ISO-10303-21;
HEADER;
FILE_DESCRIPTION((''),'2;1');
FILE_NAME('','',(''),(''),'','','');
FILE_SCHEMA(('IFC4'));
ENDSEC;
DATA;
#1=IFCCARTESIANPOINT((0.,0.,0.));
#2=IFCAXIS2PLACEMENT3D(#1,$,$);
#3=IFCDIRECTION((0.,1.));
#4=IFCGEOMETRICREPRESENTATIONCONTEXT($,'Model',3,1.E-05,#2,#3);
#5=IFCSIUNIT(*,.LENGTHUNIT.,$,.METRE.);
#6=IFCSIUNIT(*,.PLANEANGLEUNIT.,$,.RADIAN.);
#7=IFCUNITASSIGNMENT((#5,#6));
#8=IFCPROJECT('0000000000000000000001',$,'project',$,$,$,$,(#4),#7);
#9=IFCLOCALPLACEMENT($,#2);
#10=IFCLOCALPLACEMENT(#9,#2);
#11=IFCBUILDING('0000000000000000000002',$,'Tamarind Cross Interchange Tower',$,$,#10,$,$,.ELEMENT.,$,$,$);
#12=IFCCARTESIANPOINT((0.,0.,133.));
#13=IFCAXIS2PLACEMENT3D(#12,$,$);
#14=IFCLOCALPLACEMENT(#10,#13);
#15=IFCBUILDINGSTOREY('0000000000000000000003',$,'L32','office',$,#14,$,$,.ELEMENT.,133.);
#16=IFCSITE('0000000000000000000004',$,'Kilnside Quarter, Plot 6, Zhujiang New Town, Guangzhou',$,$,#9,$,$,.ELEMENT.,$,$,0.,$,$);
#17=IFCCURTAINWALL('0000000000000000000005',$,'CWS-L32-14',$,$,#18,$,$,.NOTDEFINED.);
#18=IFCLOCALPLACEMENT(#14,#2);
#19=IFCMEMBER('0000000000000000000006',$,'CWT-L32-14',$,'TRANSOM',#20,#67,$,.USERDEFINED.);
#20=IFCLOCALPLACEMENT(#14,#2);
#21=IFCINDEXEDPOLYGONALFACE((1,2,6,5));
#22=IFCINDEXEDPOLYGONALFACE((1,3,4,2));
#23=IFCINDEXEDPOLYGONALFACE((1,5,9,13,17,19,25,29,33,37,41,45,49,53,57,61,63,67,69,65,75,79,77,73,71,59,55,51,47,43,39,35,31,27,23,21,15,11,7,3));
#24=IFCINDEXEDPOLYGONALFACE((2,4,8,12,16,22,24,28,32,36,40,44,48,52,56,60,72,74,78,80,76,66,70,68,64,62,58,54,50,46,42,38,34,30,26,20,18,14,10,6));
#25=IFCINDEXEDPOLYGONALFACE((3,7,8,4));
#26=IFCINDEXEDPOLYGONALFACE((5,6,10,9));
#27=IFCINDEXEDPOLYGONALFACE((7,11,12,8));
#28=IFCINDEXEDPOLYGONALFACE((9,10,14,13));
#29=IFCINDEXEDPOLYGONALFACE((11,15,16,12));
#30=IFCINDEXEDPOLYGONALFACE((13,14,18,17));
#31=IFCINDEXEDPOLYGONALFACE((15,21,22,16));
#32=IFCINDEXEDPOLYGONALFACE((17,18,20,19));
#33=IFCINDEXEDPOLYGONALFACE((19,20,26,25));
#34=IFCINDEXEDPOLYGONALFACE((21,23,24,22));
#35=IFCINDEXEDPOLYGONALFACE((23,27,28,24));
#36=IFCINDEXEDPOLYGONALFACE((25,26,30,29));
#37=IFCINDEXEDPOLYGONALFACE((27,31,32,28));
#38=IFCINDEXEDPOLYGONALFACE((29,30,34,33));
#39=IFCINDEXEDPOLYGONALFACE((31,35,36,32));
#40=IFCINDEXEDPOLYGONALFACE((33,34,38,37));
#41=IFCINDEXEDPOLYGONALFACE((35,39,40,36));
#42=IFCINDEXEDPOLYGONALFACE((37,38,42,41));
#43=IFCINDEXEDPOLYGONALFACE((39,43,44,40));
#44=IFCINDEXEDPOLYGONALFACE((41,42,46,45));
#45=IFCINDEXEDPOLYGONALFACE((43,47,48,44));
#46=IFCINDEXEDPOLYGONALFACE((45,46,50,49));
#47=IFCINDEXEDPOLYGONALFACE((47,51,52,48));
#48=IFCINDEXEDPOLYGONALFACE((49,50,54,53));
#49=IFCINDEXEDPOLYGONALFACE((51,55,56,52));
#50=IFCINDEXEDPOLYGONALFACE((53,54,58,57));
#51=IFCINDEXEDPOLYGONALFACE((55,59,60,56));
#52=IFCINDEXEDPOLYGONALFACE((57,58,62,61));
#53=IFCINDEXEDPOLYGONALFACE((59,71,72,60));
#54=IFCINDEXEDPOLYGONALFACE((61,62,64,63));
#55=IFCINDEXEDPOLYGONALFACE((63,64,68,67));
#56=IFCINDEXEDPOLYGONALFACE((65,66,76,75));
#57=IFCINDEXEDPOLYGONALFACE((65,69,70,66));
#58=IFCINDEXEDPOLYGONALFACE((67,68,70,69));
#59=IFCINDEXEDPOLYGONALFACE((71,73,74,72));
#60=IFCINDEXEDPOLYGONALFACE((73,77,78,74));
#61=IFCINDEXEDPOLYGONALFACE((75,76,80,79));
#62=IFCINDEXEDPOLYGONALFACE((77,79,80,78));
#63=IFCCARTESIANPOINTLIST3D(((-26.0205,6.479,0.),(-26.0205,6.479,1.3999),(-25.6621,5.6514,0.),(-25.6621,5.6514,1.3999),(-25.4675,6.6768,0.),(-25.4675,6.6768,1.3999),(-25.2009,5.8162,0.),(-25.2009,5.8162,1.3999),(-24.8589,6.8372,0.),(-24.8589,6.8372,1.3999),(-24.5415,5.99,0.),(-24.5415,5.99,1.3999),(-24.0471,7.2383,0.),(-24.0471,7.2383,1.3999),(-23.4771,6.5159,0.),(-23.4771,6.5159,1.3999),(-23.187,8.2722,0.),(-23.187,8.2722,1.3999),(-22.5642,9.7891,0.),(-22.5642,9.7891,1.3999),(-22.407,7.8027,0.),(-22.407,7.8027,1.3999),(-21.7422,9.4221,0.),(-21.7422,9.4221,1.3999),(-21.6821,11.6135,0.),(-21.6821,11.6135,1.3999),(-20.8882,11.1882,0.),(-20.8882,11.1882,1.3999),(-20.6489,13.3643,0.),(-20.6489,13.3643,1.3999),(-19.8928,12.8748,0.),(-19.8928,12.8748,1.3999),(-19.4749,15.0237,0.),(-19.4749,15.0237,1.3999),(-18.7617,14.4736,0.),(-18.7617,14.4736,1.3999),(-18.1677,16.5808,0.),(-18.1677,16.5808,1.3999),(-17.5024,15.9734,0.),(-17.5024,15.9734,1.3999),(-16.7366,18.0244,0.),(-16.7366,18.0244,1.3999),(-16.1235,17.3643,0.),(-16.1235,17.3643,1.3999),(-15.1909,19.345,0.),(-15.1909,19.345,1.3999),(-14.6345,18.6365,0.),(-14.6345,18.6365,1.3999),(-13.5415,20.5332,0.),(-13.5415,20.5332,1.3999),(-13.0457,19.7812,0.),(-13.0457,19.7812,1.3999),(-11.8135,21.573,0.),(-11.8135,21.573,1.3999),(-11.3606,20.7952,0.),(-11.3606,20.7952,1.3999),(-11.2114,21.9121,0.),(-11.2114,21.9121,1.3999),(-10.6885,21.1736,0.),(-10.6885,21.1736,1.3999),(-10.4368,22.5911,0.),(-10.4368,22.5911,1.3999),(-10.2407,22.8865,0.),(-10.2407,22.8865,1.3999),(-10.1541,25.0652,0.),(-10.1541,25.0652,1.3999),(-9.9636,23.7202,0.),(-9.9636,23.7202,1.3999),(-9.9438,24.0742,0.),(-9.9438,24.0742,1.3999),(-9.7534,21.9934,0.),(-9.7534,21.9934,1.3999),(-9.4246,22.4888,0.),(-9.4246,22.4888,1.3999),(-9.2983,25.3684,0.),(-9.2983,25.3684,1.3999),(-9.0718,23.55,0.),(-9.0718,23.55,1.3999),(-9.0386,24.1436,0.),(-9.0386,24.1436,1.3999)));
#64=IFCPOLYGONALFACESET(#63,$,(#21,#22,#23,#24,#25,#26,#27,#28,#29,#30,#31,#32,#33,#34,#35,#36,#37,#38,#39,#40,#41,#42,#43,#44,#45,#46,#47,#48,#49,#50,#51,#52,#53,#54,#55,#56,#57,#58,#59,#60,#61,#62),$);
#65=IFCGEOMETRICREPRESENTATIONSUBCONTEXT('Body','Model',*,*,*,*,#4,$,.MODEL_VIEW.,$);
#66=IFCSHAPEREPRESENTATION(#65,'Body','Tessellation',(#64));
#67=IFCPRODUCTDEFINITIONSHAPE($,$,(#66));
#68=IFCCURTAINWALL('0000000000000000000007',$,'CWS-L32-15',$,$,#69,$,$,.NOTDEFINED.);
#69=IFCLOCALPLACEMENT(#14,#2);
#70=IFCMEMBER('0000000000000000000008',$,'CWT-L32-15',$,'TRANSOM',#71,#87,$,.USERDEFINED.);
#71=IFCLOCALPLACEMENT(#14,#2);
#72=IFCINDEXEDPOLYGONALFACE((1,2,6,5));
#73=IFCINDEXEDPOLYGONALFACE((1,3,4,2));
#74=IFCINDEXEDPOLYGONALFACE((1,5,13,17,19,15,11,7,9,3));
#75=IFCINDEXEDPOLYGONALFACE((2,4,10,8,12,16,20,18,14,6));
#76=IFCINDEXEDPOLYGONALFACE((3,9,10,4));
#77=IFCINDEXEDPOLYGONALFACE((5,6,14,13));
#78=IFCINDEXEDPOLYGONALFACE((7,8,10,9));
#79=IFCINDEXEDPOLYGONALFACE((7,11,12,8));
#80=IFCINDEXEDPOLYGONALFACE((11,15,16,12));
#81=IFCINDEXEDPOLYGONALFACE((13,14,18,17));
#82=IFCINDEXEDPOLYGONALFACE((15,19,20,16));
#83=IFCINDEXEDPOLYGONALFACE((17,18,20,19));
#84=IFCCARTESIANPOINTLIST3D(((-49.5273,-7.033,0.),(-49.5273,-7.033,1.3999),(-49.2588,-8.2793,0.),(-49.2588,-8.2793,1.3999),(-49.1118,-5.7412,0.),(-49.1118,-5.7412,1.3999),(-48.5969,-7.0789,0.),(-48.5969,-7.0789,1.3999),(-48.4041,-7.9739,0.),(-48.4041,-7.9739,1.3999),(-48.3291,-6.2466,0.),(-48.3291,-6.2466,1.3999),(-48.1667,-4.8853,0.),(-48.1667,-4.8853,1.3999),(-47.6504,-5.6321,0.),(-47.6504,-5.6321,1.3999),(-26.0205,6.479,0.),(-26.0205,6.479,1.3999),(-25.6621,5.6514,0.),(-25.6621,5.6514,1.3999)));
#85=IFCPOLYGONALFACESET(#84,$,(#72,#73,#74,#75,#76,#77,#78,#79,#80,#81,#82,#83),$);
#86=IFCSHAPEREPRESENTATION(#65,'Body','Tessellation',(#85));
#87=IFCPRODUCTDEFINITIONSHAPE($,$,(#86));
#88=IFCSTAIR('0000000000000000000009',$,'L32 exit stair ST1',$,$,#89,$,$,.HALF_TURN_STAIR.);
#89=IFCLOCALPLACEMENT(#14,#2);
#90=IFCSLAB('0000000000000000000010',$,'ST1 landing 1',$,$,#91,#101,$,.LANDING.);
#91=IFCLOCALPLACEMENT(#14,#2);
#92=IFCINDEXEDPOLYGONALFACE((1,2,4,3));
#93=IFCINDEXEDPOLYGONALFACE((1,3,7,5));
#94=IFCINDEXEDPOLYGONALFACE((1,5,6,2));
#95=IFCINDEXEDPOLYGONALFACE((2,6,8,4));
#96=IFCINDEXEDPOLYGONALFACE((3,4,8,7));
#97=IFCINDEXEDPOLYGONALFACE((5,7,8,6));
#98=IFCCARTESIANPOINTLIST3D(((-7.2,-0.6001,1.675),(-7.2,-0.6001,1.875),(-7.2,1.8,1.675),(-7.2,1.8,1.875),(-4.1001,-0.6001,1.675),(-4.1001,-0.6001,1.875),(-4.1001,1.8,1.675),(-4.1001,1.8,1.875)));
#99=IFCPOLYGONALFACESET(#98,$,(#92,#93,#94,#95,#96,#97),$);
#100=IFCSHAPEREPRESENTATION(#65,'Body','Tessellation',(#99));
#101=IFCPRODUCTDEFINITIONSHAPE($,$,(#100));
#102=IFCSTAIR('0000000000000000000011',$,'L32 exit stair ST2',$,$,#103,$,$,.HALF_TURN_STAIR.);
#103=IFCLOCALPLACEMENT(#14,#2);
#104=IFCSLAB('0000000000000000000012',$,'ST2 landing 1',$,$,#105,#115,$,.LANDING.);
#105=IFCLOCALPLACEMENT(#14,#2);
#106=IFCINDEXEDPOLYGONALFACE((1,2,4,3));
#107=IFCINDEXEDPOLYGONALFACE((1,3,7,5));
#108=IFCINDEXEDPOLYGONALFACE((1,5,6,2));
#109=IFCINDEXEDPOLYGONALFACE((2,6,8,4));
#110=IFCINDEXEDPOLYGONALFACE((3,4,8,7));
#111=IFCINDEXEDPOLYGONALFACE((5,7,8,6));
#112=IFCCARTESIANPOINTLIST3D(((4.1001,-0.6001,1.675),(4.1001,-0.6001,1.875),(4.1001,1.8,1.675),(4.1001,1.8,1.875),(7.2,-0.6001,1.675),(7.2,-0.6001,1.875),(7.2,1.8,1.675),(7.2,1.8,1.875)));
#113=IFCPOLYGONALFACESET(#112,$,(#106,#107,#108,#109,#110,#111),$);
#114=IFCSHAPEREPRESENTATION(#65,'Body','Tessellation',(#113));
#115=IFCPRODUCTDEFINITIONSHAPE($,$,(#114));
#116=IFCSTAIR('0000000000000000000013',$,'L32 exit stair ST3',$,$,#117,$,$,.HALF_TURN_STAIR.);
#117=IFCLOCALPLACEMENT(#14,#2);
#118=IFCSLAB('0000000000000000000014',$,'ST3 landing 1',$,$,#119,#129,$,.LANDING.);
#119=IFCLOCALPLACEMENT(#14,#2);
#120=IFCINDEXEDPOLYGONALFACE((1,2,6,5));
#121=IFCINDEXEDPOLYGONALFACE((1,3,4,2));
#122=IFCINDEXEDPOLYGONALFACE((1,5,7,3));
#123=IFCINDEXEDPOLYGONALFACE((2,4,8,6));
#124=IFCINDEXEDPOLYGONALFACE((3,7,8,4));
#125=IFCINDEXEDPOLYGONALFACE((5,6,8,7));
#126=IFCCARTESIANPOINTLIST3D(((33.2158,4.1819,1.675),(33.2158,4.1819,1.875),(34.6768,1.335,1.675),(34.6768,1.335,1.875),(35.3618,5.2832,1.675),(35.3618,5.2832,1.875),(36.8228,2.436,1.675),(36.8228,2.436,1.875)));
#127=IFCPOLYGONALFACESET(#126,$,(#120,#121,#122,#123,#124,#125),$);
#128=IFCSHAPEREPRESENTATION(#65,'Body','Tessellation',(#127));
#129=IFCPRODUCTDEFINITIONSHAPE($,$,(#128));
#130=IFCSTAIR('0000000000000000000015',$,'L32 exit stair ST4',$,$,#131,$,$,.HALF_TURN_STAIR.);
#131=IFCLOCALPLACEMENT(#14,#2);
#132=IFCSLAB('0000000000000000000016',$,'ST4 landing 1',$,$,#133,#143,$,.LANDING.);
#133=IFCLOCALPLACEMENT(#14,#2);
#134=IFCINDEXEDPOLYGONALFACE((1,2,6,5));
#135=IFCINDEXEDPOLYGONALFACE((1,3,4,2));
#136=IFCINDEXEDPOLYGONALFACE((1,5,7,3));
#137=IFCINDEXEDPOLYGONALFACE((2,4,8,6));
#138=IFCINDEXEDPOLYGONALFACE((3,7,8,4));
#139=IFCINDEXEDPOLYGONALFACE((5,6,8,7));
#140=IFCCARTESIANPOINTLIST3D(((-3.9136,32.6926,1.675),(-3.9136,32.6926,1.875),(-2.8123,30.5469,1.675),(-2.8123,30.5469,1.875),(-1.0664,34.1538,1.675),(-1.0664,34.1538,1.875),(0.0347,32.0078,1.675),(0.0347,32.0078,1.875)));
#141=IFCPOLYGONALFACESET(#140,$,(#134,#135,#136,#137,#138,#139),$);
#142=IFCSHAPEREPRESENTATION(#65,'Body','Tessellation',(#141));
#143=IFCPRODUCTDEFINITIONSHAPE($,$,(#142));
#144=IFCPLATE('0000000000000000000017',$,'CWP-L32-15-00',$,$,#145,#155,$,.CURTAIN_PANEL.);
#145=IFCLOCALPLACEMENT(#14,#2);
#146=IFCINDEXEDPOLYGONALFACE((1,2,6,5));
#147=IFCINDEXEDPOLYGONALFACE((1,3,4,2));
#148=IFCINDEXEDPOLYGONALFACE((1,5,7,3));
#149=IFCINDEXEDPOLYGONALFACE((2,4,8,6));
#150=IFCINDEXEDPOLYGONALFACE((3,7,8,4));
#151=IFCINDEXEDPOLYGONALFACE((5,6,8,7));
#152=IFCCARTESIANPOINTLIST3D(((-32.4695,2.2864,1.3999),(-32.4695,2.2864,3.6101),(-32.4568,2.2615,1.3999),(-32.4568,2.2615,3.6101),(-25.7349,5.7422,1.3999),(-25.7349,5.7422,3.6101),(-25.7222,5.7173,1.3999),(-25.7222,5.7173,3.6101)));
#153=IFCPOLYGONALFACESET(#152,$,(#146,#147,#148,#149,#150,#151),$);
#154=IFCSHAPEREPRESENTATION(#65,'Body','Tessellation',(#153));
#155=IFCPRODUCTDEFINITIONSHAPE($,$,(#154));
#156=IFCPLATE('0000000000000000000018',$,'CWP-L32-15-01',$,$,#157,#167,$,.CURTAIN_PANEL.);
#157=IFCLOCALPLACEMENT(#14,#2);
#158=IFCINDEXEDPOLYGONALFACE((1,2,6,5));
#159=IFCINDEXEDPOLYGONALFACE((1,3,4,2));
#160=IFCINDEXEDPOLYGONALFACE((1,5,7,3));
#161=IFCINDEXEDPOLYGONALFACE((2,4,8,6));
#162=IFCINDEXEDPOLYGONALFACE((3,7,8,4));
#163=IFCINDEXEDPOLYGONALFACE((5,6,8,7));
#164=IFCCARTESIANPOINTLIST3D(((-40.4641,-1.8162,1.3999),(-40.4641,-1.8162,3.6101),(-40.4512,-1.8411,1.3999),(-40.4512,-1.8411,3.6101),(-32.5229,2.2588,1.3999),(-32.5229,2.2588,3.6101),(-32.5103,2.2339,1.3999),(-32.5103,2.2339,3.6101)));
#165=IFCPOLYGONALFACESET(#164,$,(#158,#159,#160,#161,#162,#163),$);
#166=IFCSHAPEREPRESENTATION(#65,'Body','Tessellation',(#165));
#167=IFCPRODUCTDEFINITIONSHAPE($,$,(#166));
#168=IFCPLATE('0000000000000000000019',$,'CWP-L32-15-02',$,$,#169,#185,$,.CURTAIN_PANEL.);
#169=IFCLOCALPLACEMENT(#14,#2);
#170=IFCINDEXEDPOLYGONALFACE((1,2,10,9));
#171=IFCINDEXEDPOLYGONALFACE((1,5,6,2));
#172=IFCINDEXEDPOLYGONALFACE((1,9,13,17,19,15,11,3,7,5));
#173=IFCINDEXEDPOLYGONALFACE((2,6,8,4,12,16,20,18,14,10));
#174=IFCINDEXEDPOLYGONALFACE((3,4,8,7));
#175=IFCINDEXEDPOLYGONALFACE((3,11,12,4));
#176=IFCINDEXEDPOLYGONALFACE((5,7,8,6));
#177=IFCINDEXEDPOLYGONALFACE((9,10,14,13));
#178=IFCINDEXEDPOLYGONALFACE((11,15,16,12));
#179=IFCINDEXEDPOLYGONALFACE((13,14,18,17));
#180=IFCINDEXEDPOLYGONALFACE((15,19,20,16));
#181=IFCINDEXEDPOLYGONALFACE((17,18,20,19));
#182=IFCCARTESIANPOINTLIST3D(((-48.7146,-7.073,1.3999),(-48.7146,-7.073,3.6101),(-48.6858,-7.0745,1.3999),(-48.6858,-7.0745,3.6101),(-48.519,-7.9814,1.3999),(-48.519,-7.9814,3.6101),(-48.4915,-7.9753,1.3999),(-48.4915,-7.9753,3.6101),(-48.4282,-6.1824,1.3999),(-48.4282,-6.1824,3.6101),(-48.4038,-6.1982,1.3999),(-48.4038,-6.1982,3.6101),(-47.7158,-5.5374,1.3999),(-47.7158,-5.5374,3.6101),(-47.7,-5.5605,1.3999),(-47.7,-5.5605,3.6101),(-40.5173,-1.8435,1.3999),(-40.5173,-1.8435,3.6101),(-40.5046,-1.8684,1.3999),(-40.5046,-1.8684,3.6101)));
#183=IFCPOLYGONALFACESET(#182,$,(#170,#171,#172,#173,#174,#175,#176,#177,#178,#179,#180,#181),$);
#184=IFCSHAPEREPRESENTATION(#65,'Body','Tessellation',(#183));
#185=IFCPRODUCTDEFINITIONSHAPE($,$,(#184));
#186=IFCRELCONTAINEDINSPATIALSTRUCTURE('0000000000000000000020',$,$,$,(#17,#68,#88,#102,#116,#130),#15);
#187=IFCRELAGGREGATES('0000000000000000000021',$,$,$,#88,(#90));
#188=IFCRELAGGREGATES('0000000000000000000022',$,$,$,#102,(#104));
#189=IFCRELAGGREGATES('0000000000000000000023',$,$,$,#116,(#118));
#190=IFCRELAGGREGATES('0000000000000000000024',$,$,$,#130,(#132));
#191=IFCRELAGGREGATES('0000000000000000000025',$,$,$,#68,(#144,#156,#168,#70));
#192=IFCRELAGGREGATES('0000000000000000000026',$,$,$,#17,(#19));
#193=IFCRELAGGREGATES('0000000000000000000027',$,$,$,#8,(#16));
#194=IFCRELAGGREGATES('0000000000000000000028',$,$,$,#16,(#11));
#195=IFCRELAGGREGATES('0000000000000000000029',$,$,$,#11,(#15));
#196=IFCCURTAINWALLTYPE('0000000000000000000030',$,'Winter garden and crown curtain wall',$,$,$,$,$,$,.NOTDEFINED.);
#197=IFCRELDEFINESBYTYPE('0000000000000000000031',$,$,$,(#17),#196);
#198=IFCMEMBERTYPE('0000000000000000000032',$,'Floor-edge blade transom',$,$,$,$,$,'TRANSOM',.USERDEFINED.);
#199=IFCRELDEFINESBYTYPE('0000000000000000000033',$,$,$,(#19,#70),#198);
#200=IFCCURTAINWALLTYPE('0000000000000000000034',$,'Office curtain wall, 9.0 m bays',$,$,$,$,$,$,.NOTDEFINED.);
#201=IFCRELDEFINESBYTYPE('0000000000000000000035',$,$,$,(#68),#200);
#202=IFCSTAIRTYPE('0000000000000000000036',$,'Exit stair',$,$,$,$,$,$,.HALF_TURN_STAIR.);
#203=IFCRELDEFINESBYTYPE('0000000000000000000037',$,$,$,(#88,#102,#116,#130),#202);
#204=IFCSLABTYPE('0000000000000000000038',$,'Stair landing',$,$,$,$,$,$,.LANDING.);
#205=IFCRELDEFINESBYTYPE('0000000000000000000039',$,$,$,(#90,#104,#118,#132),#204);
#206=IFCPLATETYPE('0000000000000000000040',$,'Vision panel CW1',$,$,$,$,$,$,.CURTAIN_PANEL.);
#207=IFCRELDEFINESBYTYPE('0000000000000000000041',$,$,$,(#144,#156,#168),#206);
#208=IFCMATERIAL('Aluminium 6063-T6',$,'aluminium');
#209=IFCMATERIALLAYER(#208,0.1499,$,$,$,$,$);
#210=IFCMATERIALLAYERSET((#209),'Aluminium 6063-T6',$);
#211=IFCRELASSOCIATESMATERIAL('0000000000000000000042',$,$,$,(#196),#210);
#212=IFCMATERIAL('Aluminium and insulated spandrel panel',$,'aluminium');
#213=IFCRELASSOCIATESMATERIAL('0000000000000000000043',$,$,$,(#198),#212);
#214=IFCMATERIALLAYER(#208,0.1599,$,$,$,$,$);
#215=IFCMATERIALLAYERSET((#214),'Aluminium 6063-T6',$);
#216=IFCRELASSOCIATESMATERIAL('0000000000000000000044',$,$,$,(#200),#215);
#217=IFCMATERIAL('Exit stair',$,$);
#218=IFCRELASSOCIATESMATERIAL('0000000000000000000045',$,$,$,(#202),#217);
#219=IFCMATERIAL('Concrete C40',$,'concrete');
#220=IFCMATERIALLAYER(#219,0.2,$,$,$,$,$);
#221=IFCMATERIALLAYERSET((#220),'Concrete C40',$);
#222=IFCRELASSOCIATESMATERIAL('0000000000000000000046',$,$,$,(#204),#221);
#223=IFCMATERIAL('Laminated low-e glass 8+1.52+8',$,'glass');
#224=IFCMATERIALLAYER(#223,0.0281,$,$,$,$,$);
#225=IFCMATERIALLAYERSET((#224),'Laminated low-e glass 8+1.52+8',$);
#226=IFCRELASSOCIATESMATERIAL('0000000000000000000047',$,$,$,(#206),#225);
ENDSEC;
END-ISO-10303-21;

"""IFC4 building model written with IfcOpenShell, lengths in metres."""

from ifc_helpers import new_model, si_unit, direction, frame, origin, place, context, subcontext, project, spatial, polyline, outline, extrude, material, layer, layer_set, type_object, element, aggregate, save


model = new_model("IFC4")

# Units and contexts
model_context = context("Model", 3, precision=1e-05, world=origin(), true_north=direction((0.0, 1.0)))
body_context = subcontext(model_context, "Body", "Model", "MODEL_VIEW")
ifc_project = project(units=[si_unit("LENGTHUNIT", "METRE"), si_unit("PLANEANGLEUNIT", "RADIAN")], contexts=[model_context])

# Site, building, storey
site_placement = place(None, origin())
site = spatial("IfcSite", under=ifc_project, at=site_placement, Name="Kilnside Quarter, Plot 6, Zhujiang New Town, Guangzhou", CompositionType="ELEMENT", RefElevation=0.0)
building_placement = place(site_placement, origin())
building = spatial("IfcBuilding", under=site, at=building_placement, Name="Tamarind Cross Interchange Tower", CompositionType="ELEMENT")
storey_placement = place(building_placement, frame((0.0, 0.0, 133.0)))
storey = spatial("IfcBuildingStorey", under=building, at=storey_placement, Name="L32", Description="office", CompositionType="ELEMENT", Elevation=133.0)

# Curtain walls, members
ifc_material_1 = material(Name="Aluminium 6063-T6", Category="aluminium")
ifc_layer_1 = layer(ifc_material_1, 0.1499)
ifc_layer_set_1 = layer_set([ifc_layer_1], Name="Aluminium 6063-T6")
curtain_wall_type_1 = type_object("IfcCurtainWallType", Name="Winter garden and crown curtain wall", PredefinedType="NOTDEFINED", material=ifc_layer_set_1)
curtain_wall_1_placement = place(storey_placement, origin())
curtain_wall_1 = element("IfcCurtainWall", 1, at=curtain_wall_1_placement, inside=storey, type_object=curtain_wall_type_1, Name="CWS-L32-14", PredefinedType="NOTDEFINED")
ifc_material_2 = material(Name="Aluminium and insulated spandrel panel", Category="aluminium")
member_type = type_object("IfcMemberType", Name="Floor-edge blade transom", ElementType="TRANSOM", PredefinedType="USERDEFINED", material=ifc_material_2)
member_1_placement = place(storey_placement, origin())
member_1 = element("IfcMember", 2, at=member_1_placement, type_object=member_type, Name="CWT-L32-14", ObjectType="TRANSOM", PredefinedType="USERDEFINED", context=body_context, shape_type="SweptSolid", body=[
    extrude(outline(polyline([(-9.2983, 25.3684), (-9.0386, 24.1436), (-9.0718, 23.55), (-9.4246, 22.4888), (-9.7534, 21.9934), (-10.6885, 21.1736), (-11.3606, 20.7952), (-13.0457, 19.7812), (-14.6345, 18.6365), (-16.1235, 17.3643), (-17.5024, 15.9734), (-18.7617, 14.4736), (-19.8928, 12.8748), (-20.8882, 11.1882), (-21.7422, 9.4221), (-22.407, 7.8027), (-23.4771, 6.5159), (-24.5415, 5.99), (-25.2009, 5.8162), (-25.6621, 5.6514), (-26.0205, 6.479), (-25.4675, 6.6768), (-24.8589, 6.8372), (-24.0471, 7.2383), (-23.187, 8.2722), (-22.5642, 9.7891), (-21.6821, 11.6135), (-20.6489, 13.3643), (-19.4749, 15.0237), (-18.1677, 16.5808), (-16.7366, 18.0244), (-15.1909, 19.345), (-13.5415, 20.5332), (-11.8135, 21.573), (-11.2114, 21.9121), (-10.4368, 22.5911), (-10.2407, 22.8865), (-9.9636, 23.7202), (-9.9438, 24.0742), (-10.1541, 25.0652), (-9.2983, 25.3684)])), origin(), (0.0, 0.0, 1.0), 1.3999),
])
ifc_layer_2 = layer(ifc_material_1, 0.1599)
ifc_layer_set_2 = layer_set([ifc_layer_2], Name="Aluminium 6063-T6")
curtain_wall_type_2 = type_object("IfcCurtainWallType", Name="Office curtain wall, 9.0 m bays", PredefinedType="NOTDEFINED", material=ifc_layer_set_2)
curtain_wall_2_placement = place(storey_placement, origin())
curtain_wall_2 = element("IfcCurtainWall", 3, at=curtain_wall_2_placement, inside=storey, type_object=curtain_wall_type_2, Name="CWS-L32-15", PredefinedType="NOTDEFINED")
member_2_placement = place(storey_placement, origin())
member_2 = element("IfcMember", 4, at=member_2_placement, type_object=member_type, Name="CWT-L32-15", ObjectType="TRANSOM", PredefinedType="USERDEFINED", context=body_context, shape_type="SweptSolid", body=[
    extrude(outline(polyline([(-25.6621, 5.6514), (-47.6504, -5.6321), (-48.3291, -6.2466), (-48.5969, -7.0789), (-48.4041, -7.9739), (-49.2588, -8.2793), (-49.5273, -7.033), (-49.1118, -5.7412), (-48.1667, -4.8853), (-26.0205, 6.479), (-25.6621, 5.6514)])), origin(), (0.0, 0.0, 1.0), 1.3999),
])

# Stairs, slabs
ifc_material_3 = material(Name="Exit stair")
stair_type = type_object("IfcStairType", Name="Exit stair", PredefinedType="HALF_TURN_STAIR", material=ifc_material_3)
stair_1_placement = place(storey_placement, origin())
stair_1 = element("IfcStair", 5, at=stair_1_placement, inside=storey, type_object=stair_type, Name="L32 exit stair ST1", PredefinedType="HALF_TURN_STAIR")
ifc_material_4 = material(Name="Concrete C40", Category="concrete")
ifc_layer_3 = layer(ifc_material_4, 0.2)
ifc_layer_set_3 = layer_set([ifc_layer_3], Name="Concrete C40")
slab_type = type_object("IfcSlabType", Name="Stair landing", PredefinedType="LANDING", material=ifc_layer_set_3)
slab_1_placement = place(storey_placement, frame((0.0, 0.0, 1.675)))
slab_1 = element("IfcSlab", 6, at=slab_1_placement, type_object=slab_type, Name="ST1 landing 1", PredefinedType="LANDING", context=body_context, shape_type="SweptSolid", body=[
    extrude(outline(polyline([(-4.1001, -0.6001), (-4.1001, 1.8), (-7.2, 1.8), (-7.2, -0.6001), (-4.1001, -0.6001)])), origin(), (0.0, 0.0, 1.0), 0.2),
])
aggregate(stair_1, [slab_1])
stair_2_placement = place(storey_placement, origin())
stair_2 = element("IfcStair", 7, at=stair_2_placement, inside=storey, type_object=stair_type, Name="L32 exit stair ST2", PredefinedType="HALF_TURN_STAIR")
slab_2_placement = place(storey_placement, frame((0.0, 0.0, 1.675)))
slab_2 = element("IfcSlab", 8, at=slab_2_placement, type_object=slab_type, Name="ST2 landing 1", PredefinedType="LANDING", context=body_context, shape_type="SweptSolid", body=[
    extrude(outline(polyline([(7.2, -0.6001), (7.2, 1.8), (4.1001, 1.8), (4.1001, -0.6001), (7.2, -0.6001)])), origin(), (0.0, 0.0, 1.0), 0.2),
])
aggregate(stair_2, [slab_2])
stair_3_placement = place(storey_placement, origin())
stair_3 = element("IfcStair", 9, at=stair_3_placement, inside=storey, type_object=stair_type, Name="L32 exit stair ST3", PredefinedType="HALF_TURN_STAIR")
slab_3_placement = place(storey_placement, frame((0.0, 0.0, 1.675)))
slab_3 = element("IfcSlab", 10, at=slab_3_placement, type_object=slab_type, Name="ST3 landing 1", PredefinedType="LANDING", context=body_context, shape_type="SweptSolid", body=[
    extrude(outline(polyline([(34.6768, 1.335), (36.8228, 2.436), (35.3618, 5.2832), (33.2158, 4.1819), (34.6768, 1.335)])), origin(), (0.0, 0.0, 1.0), 0.2),
])
aggregate(stair_3, [slab_3])
stair_4_placement = place(storey_placement, origin())
stair_4 = element("IfcStair", 11, at=stair_4_placement, inside=storey, type_object=stair_type, Name="L32 exit stair ST4", PredefinedType="HALF_TURN_STAIR")
slab_4_placement = place(storey_placement, frame((0.0, 0.0, 1.675)))
slab_4 = element("IfcSlab", 12, at=slab_4_placement, type_object=slab_type, Name="ST4 landing 1", PredefinedType="LANDING", context=body_context, shape_type="SweptSolid", body=[
    extrude(outline(polyline([(0.0347, 32.0078), (-1.0664, 34.1538), (-3.9136, 32.6926), (-2.8123, 30.5469), (0.0347, 32.0078)])), origin(), (0.0, 0.0, 1.0), 0.2),
])
aggregate(stair_4, [slab_4])

# Plates
ifc_material_5 = material(Name="Laminated low-e glass 8+1.52+8", Category="glass")
ifc_layer_4 = layer(ifc_material_5, 0.0281)
ifc_layer_set_4 = layer_set([ifc_layer_4], Name="Laminated low-e glass 8+1.52+8")
plate_type_1 = type_object("IfcPlateType", Name="Vision panel CW1", PredefinedType="CURTAIN_PANEL", material=ifc_layer_set_4)
plate_1_placement = place(storey_placement, frame((0.0, 0.0, 1.3999)))
plate_1 = element("IfcPlate", 13, at=plate_1_placement, type_object=plate_type_1, Name="CWP-L32-15-00", PredefinedType="CURTAIN_PANEL", context=body_context, shape_type="SweptSolid", body=[
    extrude(outline(polyline([(-25.7222, 5.7173), (-32.4568, 2.2615), (-32.4695, 2.2864), (-25.7349, 5.7422), (-25.7222, 5.7173)])), origin(), (0.0, 0.0, 1.0), 2.2102),
])
plate_2_placement = place(storey_placement, frame((0.0, 0.0, 1.3999)))
plate_2 = element("IfcPlate", 14, at=plate_2_placement, type_object=plate_type_1, Name="CWP-L32-15-01", PredefinedType="CURTAIN_PANEL", context=body_context, shape_type="SweptSolid", body=[
    extrude(outline(polyline([(-32.5103, 2.2339), (-40.4512, -1.8411), (-40.4641, -1.8162), (-32.5229, 2.2588), (-32.5103, 2.2339)])), origin(), (0.0, 0.0, 1.0), 2.2102),
])
plate_3_placement = place(storey_placement, frame((0.0, 0.0, 1.3999)))
plate_3 = element("IfcPlate", 15, at=plate_3_placement, type_object=plate_type_1, Name="CWP-L32-15-02", PredefinedType="CURTAIN_PANEL", context=body_context, shape_type="SweptSolid", body=[
    extrude(outline(polyline([(-40.5046, -1.8684), (-47.7, -5.5605), (-48.4038, -6.1982), (-48.6858, -7.0745), (-48.4915, -7.9753), (-48.519, -7.9814), (-48.7146, -7.073), (-48.4282, -6.1824), (-47.7158, -5.5374), (-40.5173, -1.8435), (-40.5046, -1.8684)])), origin(), (0.0, 0.0, 1.0), 2.2102),
])
aggregate(curtain_wall_2, [plate_1, plate_2, plate_3, member_2])
aggregate(curtain_wall_1, [member_1])

save(model, "model.ifc")
